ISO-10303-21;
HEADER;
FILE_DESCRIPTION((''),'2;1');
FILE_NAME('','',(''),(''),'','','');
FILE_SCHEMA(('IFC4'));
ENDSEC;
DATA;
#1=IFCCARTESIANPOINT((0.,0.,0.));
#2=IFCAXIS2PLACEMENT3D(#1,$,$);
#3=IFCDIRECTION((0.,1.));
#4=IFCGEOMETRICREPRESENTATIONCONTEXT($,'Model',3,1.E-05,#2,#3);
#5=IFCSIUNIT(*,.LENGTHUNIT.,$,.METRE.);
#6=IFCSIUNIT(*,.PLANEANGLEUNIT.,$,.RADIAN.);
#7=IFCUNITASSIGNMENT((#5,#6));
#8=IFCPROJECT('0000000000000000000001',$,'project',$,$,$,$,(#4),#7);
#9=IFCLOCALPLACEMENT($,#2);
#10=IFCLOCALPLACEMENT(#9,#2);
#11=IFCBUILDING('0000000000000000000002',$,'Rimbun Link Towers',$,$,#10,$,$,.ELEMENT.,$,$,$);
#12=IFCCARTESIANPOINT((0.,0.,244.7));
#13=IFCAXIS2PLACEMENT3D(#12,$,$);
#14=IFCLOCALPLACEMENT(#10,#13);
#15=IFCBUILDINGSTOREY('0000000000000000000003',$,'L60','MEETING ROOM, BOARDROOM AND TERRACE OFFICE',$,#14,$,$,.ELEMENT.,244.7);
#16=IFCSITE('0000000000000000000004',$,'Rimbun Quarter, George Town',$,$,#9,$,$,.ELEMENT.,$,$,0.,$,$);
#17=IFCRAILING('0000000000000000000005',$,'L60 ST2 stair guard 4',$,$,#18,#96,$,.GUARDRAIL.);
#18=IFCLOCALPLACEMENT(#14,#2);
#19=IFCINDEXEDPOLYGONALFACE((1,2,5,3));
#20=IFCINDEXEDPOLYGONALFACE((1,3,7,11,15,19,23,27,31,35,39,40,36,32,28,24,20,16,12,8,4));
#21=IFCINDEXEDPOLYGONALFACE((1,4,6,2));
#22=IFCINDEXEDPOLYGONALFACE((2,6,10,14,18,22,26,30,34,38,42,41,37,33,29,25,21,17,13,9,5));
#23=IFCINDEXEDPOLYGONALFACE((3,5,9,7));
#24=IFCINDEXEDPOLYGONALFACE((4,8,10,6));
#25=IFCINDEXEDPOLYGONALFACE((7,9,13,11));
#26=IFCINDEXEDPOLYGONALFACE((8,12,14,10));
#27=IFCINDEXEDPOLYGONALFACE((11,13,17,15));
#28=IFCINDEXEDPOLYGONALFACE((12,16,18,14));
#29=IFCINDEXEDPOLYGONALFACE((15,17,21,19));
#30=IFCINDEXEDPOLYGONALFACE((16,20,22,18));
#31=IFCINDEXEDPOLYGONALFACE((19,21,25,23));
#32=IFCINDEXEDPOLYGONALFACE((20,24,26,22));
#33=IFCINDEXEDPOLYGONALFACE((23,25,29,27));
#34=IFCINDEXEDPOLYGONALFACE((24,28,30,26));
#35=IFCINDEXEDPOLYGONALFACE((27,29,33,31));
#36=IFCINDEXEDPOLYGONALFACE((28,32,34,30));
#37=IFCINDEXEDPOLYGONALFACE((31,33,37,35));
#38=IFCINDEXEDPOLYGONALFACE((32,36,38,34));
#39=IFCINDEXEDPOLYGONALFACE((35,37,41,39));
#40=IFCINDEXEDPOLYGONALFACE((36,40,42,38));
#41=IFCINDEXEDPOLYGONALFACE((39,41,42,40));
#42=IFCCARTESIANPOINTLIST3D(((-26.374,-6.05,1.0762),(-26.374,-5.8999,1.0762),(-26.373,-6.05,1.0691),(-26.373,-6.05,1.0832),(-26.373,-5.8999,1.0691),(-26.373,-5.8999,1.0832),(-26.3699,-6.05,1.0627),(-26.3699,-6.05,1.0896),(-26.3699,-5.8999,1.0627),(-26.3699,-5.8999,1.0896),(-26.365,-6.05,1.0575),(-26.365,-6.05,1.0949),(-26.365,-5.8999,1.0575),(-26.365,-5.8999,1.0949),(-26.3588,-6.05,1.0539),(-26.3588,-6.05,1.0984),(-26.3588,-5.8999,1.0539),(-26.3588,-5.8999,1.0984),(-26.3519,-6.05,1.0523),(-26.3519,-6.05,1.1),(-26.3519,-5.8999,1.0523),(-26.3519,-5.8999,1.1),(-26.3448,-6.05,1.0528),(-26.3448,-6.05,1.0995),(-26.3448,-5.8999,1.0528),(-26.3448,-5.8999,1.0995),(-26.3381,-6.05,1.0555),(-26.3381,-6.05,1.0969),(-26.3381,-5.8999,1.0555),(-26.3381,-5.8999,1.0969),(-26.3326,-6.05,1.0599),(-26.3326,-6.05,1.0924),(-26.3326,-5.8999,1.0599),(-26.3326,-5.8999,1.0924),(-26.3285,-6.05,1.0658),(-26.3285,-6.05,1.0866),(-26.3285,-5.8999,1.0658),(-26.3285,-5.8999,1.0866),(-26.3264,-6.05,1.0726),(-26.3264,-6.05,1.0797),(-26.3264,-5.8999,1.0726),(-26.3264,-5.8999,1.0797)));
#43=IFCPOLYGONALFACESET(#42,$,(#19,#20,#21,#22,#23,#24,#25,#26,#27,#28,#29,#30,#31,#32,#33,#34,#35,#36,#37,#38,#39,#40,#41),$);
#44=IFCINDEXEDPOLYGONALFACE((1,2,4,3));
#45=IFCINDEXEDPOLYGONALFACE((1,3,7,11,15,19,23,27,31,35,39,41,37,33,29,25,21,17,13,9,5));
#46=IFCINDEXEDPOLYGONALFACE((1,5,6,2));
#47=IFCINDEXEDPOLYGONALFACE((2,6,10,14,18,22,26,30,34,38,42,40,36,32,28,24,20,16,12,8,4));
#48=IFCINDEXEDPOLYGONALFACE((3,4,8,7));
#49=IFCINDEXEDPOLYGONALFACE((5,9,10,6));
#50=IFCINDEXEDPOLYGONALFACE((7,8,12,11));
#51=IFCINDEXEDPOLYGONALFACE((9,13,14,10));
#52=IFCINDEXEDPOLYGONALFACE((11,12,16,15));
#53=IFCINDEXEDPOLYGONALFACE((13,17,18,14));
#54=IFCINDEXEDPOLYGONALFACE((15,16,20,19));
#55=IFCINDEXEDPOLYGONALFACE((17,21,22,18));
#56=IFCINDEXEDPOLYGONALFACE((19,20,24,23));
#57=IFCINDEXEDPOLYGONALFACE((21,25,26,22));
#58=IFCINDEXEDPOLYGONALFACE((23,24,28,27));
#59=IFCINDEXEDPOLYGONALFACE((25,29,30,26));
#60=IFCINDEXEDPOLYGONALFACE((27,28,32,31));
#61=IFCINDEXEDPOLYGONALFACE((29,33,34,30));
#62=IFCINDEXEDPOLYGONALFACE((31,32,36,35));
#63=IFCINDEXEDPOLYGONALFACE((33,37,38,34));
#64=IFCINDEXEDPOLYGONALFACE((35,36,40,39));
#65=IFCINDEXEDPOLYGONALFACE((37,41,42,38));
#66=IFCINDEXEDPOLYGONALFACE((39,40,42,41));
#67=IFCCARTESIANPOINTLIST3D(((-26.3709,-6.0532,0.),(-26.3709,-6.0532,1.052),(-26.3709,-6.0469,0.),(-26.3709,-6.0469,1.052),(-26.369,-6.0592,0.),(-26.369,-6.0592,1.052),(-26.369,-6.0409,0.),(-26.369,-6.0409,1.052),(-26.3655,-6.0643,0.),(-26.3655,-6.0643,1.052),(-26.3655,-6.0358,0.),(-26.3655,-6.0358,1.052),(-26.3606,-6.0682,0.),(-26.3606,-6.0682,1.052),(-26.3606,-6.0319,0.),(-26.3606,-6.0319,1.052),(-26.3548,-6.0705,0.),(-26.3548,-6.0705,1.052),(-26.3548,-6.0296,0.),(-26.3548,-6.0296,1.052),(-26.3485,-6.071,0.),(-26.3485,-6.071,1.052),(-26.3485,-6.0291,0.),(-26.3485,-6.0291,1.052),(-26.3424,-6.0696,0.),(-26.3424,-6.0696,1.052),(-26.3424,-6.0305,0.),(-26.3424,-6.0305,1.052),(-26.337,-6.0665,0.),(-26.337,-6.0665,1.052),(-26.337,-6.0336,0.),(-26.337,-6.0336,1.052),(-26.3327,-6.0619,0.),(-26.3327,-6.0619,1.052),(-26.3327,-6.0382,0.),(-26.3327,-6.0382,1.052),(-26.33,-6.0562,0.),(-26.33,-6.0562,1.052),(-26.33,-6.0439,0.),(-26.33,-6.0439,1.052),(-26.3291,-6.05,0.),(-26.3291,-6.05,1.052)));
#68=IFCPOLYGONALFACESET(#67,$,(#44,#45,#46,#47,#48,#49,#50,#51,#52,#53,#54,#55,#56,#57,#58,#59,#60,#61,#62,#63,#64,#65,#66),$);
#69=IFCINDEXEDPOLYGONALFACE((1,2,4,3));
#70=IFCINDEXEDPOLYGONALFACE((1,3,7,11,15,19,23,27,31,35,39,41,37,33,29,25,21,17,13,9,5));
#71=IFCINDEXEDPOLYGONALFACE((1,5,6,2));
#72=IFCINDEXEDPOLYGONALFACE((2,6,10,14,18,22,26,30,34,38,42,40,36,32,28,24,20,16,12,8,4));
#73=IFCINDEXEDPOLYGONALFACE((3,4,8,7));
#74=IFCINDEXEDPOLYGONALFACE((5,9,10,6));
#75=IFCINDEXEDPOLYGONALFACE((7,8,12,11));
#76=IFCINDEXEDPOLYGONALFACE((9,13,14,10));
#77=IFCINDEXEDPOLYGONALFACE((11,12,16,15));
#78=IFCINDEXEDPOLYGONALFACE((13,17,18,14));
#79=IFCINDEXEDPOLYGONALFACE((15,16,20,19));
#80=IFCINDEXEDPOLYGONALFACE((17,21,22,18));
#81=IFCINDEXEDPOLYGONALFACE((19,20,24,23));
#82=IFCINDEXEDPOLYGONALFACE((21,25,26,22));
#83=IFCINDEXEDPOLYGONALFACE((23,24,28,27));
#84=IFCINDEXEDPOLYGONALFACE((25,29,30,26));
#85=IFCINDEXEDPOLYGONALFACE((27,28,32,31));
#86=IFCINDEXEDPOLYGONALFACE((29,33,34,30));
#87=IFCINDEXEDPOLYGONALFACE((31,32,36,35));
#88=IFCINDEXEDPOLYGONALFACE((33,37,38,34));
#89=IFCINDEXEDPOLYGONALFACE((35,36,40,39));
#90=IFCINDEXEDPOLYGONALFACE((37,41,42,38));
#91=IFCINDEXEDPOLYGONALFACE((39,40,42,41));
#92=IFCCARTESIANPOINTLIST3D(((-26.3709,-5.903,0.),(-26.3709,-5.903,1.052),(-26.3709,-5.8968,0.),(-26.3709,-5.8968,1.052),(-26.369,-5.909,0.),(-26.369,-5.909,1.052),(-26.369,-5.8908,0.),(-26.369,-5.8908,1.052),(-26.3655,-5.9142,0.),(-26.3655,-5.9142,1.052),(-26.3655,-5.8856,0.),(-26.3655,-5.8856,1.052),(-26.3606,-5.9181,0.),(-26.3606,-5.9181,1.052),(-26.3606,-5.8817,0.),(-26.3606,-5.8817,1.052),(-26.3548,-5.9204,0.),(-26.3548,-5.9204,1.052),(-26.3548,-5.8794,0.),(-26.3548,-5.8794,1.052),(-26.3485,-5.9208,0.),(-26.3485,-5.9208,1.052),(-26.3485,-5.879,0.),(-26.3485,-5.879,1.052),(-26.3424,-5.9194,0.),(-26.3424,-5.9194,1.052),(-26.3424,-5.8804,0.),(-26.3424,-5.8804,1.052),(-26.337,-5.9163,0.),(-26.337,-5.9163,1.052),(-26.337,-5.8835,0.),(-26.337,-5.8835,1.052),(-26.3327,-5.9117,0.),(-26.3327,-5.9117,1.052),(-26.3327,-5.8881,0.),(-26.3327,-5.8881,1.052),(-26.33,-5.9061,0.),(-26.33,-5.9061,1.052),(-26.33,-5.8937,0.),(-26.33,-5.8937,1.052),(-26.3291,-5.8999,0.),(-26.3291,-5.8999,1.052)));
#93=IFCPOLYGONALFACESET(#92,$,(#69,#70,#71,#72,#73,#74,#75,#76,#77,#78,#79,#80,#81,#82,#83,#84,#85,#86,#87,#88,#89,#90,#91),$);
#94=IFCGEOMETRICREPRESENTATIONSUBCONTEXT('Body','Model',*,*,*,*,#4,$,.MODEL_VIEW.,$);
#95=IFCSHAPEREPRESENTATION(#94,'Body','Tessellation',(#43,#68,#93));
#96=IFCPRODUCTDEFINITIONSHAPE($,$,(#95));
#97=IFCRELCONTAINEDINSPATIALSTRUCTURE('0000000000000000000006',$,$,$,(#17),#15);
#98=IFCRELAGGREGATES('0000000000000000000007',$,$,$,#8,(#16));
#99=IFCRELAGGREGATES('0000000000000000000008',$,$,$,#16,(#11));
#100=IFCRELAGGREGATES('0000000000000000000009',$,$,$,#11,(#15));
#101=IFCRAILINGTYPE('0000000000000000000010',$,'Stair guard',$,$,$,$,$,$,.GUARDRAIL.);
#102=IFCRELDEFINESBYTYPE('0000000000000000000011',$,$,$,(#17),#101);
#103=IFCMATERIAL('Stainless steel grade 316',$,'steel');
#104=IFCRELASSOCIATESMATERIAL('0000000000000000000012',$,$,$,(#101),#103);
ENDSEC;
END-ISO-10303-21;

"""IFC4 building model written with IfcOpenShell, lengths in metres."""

from ifc_helpers import new_model, si_unit, direction, frame, origin, origin_2d, place, context, subcontext, project, spatial, circle, extrude, material, type_object, element, save


model = new_model("IFC4")

# Units and contexts
model_context = context("Model", 3, precision=1e-05, world=origin(), true_north=direction((0.0, 1.0)))
body_context = subcontext(model_context, "Body", "Model", "MODEL_VIEW")
ifc_project = project(units=[si_unit("LENGTHUNIT", "METRE"), si_unit("PLANEANGLEUNIT", "RADIAN")], contexts=[model_context])

# Site, building, storey
site_placement = place(None, origin())
site = spatial("IfcSite", under=ifc_project, at=site_placement, Name="Rimbun Quarter, George Town", CompositionType="ELEMENT", RefElevation=0.0)
building_placement = place(site_placement, origin())
building = spatial("IfcBuilding", under=site, at=building_placement, Name="Rimbun Link Towers", CompositionType="ELEMENT")
storey_placement = place(building_placement, frame((0.0, 0.0, 244.7)))
storey = spatial("IfcBuildingStorey", under=building, at=storey_placement, Name="L60", Description="MEETING ROOM, BOARDROOM AND TERRACE OFFICE", CompositionType="ELEMENT", Elevation=244.7)

# Railing
ifc_material_1 = material(Name="Stainless steel grade 316", Category="steel")
railing_type_1 = type_object("IfcRailingType", Name="Stair guard", PredefinedType="GUARDRAIL", material=ifc_material_1)
railing_1_placement = place(storey_placement, frame((-26.3501, -6.05, 0.0)))
element("IfcRailing", 1, at=railing_1_placement, inside=storey, type_object=railing_type_1, Name="L60 ST2 stair guard 4", PredefinedType="GUARDRAIL", context=body_context, shape_type="SweptSolid", body=[
    extrude(circle(Radius=0.0239, at=origin_2d()), frame((0.0, 0.0, 1.0762), z_axis=(0.0, 1.0, 0.0), x_axis=(-1.0, 0.0, 0.0)), (0.0, 0.0, 1.0), 0.1501),
    extrude(circle(Radius=0.021, at=origin_2d()), origin(), (0.0, 0.0, 1.0), 1.052),
    extrude(circle(Radius=0.021, at=origin_2d()), frame((0.0, 0.1501, 0.0)), (0.0, 0.0, 1.0), 1.052),
])

save(model, "model.ifc")
